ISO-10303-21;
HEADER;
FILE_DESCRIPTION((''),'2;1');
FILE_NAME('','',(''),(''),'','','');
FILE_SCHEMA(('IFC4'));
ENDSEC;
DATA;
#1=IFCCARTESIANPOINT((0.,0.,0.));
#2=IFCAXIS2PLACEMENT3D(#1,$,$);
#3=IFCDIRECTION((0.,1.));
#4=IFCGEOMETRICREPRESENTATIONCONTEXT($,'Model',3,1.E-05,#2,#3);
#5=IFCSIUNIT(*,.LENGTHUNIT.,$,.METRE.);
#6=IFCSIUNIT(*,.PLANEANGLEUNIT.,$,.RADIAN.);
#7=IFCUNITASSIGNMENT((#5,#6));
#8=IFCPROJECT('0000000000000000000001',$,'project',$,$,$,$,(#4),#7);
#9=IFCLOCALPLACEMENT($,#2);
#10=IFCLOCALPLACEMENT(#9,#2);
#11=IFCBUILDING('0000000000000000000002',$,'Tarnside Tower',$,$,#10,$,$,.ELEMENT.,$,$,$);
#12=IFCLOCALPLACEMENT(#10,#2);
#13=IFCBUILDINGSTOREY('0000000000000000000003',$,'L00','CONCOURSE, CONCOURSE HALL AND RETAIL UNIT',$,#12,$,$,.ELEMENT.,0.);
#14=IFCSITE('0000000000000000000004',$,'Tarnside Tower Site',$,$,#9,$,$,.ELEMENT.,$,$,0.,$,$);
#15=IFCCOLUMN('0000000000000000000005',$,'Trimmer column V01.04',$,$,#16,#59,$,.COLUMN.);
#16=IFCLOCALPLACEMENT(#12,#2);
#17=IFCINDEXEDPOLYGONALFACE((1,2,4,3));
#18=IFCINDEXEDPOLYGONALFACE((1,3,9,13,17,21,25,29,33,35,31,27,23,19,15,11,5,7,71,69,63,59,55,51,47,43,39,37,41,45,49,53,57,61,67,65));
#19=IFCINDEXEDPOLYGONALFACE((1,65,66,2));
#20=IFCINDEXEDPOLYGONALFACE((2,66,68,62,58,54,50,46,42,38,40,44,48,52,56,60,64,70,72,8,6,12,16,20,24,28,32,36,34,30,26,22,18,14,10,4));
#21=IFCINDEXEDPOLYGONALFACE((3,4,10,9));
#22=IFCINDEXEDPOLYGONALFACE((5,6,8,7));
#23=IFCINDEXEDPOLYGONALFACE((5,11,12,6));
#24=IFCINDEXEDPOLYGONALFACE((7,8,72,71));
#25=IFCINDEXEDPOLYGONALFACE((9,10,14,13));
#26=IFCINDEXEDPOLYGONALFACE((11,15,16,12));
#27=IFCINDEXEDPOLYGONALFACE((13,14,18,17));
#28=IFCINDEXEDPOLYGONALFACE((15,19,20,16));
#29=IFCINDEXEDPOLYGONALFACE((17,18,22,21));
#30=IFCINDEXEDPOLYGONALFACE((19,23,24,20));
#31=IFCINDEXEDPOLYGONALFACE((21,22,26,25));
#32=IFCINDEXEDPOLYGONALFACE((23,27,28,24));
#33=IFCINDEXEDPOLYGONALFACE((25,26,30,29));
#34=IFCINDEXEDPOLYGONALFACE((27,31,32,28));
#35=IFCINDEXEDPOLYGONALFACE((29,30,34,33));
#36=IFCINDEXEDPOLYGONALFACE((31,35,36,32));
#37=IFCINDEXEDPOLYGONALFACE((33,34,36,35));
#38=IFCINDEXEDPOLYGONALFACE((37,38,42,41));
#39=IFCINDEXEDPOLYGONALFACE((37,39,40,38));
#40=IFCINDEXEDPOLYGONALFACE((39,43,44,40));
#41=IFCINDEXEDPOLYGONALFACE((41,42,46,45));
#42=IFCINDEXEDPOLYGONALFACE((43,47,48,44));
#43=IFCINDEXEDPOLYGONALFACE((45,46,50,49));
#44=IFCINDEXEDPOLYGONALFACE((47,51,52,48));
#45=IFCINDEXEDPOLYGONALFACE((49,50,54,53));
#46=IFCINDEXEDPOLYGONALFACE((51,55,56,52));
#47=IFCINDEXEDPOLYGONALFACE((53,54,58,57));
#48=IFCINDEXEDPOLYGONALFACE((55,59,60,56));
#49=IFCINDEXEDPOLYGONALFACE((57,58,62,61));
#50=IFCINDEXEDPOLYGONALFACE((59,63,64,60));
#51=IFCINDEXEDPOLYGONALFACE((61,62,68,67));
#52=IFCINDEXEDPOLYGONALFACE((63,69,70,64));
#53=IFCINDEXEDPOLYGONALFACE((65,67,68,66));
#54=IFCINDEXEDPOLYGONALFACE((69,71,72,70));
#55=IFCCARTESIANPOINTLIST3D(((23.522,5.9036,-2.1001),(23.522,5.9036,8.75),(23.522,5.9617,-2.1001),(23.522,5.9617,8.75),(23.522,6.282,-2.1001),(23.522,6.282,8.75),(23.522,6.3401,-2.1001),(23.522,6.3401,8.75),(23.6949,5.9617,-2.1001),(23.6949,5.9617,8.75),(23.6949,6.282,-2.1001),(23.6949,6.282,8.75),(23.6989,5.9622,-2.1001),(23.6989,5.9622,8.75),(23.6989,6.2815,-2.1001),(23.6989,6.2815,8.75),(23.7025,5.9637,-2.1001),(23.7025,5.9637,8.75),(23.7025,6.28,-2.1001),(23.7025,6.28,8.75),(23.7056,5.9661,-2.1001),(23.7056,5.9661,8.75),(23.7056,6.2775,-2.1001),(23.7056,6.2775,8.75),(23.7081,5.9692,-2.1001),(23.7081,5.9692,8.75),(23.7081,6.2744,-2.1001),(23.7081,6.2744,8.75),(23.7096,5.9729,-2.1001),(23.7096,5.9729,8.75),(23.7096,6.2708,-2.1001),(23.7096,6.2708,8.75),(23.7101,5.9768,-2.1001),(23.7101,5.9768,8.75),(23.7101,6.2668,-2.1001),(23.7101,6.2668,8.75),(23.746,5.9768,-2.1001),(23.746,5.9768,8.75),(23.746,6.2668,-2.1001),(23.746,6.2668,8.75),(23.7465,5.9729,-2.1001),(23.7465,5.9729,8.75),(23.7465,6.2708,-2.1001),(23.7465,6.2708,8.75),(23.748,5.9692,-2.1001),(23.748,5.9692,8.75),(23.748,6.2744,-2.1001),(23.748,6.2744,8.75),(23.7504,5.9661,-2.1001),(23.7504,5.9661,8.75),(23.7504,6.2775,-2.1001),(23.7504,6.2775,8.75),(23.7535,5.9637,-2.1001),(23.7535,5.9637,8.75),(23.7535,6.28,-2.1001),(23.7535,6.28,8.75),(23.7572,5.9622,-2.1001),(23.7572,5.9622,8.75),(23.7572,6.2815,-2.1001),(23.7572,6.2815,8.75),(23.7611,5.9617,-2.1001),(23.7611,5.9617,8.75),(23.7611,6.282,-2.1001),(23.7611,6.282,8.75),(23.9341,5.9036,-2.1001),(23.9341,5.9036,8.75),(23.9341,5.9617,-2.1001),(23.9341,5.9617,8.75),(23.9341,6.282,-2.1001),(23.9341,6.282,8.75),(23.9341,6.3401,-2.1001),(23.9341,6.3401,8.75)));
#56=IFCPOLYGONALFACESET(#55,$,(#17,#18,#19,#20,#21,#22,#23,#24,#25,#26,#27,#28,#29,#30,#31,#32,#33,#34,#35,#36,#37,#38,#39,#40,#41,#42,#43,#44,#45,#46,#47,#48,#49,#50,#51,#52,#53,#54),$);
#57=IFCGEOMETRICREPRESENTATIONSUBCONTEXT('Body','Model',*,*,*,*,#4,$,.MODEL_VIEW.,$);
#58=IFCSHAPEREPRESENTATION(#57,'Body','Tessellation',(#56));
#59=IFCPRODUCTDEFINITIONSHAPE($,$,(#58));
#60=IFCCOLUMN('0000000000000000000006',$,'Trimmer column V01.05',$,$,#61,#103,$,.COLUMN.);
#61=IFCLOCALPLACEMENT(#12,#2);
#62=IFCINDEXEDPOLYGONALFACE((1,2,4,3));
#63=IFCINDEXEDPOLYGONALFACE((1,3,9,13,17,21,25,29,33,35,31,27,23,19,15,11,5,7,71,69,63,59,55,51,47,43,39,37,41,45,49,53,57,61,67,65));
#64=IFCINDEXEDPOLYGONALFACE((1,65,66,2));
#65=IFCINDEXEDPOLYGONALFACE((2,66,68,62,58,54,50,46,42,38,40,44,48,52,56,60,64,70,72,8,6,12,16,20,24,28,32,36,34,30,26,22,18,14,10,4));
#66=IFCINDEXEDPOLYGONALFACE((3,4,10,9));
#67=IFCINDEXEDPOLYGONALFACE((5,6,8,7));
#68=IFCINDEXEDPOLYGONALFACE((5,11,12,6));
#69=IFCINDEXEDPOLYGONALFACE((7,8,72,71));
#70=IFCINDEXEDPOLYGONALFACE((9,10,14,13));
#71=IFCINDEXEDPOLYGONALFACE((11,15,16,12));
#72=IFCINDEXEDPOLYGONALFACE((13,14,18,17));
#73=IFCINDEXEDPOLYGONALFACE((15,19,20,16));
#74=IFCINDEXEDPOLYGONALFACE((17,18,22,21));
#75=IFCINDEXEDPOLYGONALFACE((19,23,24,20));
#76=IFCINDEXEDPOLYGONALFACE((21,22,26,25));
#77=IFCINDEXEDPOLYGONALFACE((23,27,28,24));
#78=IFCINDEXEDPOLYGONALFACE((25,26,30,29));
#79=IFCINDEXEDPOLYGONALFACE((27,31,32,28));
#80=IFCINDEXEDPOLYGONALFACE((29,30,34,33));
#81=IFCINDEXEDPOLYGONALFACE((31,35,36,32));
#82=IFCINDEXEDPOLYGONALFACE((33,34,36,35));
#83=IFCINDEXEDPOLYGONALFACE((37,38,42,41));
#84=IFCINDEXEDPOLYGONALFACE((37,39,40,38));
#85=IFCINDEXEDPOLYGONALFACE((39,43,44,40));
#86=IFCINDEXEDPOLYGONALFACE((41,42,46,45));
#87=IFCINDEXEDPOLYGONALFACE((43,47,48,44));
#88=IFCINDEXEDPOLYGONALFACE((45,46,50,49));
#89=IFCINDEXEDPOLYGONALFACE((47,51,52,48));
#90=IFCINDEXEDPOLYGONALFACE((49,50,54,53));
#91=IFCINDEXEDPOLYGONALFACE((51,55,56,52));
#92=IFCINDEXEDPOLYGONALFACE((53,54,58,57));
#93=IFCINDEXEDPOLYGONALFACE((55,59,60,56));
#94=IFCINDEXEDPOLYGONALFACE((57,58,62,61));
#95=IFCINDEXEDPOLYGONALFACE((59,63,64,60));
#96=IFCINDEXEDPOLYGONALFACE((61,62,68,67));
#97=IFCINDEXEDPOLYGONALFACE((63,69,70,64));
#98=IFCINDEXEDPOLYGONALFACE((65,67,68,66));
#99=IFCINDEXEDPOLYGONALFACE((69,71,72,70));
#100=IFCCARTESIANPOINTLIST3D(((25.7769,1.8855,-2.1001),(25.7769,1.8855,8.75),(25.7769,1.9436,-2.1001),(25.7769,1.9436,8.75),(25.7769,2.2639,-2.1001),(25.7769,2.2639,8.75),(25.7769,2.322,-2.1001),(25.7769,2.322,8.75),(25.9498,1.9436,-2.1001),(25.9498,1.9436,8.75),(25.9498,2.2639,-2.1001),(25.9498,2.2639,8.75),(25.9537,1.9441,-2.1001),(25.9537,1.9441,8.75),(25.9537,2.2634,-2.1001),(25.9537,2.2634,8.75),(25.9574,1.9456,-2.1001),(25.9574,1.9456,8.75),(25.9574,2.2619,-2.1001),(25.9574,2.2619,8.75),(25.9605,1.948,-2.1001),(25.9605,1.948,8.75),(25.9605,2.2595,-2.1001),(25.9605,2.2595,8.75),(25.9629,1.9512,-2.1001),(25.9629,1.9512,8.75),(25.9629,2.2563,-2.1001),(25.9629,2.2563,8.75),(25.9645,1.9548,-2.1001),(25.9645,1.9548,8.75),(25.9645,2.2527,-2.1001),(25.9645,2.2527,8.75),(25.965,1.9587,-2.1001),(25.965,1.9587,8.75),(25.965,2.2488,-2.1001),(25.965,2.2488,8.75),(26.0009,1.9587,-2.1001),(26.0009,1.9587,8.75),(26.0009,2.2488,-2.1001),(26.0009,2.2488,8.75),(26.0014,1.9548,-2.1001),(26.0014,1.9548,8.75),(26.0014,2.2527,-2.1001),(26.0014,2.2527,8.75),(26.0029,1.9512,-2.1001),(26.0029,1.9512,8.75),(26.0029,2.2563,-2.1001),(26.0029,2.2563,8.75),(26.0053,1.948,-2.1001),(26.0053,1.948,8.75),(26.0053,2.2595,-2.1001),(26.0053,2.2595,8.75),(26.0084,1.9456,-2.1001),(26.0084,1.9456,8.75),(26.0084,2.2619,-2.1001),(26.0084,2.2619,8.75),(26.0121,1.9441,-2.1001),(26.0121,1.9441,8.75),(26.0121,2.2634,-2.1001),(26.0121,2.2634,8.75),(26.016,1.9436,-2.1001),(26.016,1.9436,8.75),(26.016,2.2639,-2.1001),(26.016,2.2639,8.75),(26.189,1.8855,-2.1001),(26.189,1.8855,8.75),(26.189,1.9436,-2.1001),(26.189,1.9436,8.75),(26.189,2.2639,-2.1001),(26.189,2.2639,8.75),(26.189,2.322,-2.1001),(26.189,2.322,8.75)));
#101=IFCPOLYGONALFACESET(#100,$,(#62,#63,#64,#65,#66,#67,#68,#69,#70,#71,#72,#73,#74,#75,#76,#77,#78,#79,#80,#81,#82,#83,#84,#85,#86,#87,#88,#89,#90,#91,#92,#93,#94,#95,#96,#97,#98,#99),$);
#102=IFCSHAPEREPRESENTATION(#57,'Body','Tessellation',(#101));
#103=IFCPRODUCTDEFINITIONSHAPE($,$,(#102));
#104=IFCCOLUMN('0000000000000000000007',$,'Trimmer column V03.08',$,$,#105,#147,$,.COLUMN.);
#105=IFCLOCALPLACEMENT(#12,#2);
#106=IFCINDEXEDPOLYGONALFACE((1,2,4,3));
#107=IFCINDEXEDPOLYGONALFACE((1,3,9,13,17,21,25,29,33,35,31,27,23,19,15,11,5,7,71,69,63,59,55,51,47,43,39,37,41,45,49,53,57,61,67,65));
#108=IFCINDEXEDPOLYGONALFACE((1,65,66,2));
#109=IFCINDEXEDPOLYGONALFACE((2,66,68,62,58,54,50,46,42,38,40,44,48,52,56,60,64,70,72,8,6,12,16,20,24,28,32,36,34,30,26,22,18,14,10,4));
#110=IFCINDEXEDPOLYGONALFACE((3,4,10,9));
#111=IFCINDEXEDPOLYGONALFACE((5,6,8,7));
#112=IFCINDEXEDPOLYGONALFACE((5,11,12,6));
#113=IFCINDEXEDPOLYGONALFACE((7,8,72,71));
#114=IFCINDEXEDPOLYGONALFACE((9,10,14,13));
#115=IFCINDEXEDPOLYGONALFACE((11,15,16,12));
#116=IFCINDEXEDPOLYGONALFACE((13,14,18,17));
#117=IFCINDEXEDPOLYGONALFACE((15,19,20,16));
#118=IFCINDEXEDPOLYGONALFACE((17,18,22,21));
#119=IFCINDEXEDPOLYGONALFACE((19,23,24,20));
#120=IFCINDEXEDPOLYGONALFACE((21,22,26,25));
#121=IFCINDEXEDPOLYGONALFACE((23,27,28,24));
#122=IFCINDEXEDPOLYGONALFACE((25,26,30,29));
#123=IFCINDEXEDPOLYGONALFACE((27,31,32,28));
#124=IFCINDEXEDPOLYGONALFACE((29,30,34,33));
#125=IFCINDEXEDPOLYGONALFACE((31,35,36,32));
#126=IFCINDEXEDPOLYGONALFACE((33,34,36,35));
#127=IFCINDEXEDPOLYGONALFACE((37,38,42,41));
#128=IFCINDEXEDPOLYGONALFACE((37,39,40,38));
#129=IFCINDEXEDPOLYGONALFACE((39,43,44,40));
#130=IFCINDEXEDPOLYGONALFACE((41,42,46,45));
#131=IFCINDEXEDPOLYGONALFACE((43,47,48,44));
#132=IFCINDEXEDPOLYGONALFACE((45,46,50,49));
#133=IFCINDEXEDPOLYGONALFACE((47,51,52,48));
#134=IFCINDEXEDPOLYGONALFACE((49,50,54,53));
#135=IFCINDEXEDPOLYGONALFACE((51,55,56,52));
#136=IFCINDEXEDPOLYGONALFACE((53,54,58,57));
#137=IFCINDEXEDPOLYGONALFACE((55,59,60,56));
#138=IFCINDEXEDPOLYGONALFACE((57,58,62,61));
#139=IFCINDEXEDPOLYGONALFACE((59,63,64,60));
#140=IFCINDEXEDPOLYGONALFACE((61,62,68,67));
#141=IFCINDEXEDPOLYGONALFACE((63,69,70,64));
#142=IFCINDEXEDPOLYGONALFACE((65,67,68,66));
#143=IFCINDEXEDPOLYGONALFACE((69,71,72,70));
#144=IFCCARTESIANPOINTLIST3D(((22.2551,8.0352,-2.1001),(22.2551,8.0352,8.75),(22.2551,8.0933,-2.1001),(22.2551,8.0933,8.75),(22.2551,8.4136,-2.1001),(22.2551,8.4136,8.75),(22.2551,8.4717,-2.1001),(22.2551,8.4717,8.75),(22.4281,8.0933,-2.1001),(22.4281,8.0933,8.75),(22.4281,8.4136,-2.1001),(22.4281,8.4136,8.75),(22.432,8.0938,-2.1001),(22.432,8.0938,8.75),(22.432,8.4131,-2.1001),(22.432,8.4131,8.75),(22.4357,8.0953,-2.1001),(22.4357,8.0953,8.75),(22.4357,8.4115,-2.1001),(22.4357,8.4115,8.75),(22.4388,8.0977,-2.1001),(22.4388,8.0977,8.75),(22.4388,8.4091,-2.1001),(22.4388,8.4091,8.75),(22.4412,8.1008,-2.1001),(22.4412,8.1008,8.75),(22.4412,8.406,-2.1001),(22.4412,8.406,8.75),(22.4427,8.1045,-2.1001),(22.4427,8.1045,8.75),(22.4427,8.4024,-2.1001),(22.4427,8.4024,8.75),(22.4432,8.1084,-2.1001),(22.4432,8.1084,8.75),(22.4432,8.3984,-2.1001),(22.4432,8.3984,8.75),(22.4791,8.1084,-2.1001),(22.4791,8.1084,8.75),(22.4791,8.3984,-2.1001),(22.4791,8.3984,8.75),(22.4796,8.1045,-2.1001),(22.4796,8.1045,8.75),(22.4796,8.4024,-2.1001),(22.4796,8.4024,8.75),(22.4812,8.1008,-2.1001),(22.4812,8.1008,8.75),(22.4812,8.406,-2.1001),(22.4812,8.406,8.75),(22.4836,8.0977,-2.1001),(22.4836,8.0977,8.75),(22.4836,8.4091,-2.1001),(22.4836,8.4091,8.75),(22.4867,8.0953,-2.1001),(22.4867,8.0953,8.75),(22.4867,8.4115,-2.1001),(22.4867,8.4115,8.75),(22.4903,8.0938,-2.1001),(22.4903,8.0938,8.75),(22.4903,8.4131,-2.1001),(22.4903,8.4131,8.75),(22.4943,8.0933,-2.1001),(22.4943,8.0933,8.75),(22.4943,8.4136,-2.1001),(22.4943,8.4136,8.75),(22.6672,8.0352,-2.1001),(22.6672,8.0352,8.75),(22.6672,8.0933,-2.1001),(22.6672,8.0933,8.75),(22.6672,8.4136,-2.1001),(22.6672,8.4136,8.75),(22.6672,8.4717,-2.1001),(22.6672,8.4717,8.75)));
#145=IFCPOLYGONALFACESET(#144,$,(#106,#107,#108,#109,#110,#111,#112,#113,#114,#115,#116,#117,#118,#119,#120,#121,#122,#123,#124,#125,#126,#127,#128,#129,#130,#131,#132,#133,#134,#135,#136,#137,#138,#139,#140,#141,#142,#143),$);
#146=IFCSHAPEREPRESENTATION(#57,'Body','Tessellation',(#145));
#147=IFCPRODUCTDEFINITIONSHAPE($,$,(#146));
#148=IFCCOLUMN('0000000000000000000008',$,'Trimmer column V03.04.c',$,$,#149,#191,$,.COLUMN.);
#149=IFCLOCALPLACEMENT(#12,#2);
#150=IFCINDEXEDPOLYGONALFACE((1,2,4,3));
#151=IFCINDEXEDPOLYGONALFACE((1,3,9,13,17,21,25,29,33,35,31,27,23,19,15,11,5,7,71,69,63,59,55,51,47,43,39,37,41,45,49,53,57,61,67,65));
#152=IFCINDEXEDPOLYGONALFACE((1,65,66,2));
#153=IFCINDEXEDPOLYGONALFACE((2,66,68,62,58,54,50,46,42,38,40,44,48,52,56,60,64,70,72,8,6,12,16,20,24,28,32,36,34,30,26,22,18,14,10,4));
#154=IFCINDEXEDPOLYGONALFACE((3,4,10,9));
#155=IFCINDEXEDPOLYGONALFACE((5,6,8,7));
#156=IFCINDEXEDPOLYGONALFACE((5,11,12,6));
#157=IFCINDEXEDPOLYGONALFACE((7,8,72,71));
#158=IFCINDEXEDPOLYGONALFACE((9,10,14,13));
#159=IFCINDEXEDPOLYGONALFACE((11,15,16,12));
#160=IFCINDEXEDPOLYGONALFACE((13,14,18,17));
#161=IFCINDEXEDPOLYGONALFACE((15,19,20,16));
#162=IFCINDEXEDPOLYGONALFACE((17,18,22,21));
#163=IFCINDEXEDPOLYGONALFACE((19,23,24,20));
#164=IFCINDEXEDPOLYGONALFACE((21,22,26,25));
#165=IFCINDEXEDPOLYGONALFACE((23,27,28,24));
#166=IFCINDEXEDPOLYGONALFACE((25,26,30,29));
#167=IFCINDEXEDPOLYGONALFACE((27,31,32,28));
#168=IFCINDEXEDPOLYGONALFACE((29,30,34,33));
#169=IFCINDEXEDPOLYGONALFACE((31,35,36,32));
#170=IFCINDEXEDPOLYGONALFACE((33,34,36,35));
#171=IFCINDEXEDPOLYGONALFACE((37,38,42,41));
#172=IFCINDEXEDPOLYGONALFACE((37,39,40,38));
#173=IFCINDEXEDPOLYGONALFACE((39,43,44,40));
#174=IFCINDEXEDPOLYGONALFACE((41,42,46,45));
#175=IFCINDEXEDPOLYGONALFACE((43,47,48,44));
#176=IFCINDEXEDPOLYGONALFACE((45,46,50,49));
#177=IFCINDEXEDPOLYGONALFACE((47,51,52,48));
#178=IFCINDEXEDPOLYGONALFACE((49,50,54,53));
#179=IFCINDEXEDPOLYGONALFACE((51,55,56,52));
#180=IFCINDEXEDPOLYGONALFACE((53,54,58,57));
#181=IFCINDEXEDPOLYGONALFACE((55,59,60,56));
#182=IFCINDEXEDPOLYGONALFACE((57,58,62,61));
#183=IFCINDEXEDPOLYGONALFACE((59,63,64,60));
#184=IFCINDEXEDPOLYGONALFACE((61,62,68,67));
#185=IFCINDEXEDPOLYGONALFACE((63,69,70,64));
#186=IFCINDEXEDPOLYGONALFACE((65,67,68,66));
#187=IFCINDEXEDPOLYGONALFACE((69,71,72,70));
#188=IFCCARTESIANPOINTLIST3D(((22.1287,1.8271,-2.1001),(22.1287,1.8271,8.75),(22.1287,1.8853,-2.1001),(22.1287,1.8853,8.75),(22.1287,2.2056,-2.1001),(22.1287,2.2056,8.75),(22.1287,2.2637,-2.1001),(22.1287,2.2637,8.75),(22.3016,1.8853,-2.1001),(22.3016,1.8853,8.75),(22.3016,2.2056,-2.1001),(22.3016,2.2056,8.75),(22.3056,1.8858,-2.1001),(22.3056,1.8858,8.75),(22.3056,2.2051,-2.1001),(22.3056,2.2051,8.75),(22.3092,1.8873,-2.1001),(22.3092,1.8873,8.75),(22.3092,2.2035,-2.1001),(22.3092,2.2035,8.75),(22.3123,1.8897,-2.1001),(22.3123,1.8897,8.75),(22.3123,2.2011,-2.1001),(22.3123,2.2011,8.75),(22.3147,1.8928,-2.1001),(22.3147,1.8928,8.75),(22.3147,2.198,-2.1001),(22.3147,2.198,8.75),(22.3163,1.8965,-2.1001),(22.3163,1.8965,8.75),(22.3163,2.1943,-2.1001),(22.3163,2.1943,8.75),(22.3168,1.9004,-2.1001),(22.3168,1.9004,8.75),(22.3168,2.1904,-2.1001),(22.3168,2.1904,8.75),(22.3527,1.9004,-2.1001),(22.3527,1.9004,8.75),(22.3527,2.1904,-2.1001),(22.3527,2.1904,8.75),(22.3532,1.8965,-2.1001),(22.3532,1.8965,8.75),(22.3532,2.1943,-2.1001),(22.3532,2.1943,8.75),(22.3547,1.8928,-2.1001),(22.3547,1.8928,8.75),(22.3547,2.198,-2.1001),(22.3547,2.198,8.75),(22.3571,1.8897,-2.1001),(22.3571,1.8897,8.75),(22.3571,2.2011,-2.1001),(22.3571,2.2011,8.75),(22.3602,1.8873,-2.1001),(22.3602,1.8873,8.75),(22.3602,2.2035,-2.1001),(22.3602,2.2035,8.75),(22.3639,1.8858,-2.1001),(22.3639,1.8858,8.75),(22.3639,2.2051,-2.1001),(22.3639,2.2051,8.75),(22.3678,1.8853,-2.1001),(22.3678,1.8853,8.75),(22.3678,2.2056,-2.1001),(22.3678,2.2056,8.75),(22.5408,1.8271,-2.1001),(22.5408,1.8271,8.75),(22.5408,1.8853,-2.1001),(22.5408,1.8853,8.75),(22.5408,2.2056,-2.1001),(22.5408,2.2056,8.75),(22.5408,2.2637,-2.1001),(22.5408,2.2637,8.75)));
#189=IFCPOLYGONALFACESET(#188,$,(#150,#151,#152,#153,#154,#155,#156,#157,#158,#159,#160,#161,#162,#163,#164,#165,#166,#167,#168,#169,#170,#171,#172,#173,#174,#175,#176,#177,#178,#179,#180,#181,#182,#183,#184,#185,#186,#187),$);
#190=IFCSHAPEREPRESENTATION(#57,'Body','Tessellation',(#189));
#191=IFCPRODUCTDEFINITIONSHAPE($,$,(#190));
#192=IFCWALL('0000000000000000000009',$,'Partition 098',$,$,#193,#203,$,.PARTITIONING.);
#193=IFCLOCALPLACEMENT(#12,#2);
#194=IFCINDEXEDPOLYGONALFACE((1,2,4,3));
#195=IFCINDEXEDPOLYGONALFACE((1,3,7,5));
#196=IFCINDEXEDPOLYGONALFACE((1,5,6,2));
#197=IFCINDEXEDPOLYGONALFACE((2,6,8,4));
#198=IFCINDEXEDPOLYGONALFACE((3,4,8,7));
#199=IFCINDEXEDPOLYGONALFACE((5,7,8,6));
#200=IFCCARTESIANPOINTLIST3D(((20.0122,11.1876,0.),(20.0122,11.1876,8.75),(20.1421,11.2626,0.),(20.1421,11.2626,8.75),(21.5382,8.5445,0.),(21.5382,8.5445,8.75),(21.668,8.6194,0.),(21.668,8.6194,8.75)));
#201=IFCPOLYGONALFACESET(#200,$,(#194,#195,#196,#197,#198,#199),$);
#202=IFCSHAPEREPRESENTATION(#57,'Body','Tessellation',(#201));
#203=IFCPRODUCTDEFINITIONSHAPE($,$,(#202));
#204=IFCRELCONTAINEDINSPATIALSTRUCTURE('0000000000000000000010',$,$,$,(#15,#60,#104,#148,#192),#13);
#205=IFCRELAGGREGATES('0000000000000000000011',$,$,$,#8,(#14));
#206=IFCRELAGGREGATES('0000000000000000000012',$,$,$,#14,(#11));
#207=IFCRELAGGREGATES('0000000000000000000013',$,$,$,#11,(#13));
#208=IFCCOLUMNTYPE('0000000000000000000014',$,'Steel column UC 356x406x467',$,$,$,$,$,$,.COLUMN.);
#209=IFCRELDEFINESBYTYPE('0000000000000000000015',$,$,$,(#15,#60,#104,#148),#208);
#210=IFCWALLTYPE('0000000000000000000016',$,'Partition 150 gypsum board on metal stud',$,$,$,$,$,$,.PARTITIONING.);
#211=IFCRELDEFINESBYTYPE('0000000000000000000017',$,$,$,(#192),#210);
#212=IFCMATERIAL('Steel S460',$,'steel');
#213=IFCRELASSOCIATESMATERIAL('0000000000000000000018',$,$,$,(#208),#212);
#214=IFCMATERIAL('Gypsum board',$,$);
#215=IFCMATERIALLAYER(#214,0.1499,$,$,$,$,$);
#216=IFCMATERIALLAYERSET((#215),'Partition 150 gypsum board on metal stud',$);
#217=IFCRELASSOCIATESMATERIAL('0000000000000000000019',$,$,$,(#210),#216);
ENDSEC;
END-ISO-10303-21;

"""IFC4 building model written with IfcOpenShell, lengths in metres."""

from ifc_helpers import new_model, si_unit, direction, frame, frame_2d, origin, origin_2d, place, context, subcontext, project, spatial, rectangle, i_section, extrude, material, layer, layer_set, material_profile, profile_set, type_object, element, save


model = new_model("IFC4")

# Units and contexts
model_context = context("Model", 3, precision=1e-05, world=origin(), true_north=direction((0.0, 1.0)))
body_context = subcontext(model_context, "Body", "Model", "MODEL_VIEW")
ifc_project = project(units=[si_unit("LENGTHUNIT", "METRE"), si_unit("PLANEANGLEUNIT", "RADIAN")], contexts=[model_context])

# Site, building, storey
site_placement = place(None, origin())
site = spatial("IfcSite", under=ifc_project, at=site_placement, Name="Tarnside Tower Site", CompositionType="ELEMENT", RefElevation=0.0)
building_placement = place(site_placement, origin())
building = spatial("IfcBuilding", under=site, at=building_placement, Name="Tarnside Tower", CompositionType="ELEMENT")
storey_placement = place(building_placement, origin())
storey = spatial("IfcBuildingStorey", under=building, at=storey_placement, Name="L00", Description="CONCOURSE, CONCOURSE HALL AND RETAIL UNIT", CompositionType="ELEMENT", Elevation=0.0)

# Columns
ifc_material_1 = material(Name="Steel S460", Category="steel")
ifc_material_profile_1 = material_profile(ifc_material_1, i_section(OverallWidth=0.4121, OverallDepth=0.4365, WebThickness=0.0359, FlangeThickness=0.0581, FilletRadius=0.0151, at=origin_2d()), Name="UC 356x406x467")
ifc_profile_set_1 = profile_set([ifc_material_profile_1], Name="Steel S460")
column_type = type_object("IfcColumnType", Name="Steel column UC 356x406x467", PredefinedType="COLUMN", material=ifc_profile_set_1)
for number, where, z_axis, x_axis, name in (
    (1, (23.728, 6.1218, -2.1001), (0.0, 0.0, 1.0), (1.0, 0.0, 0.0), "Trimmer column V01.04"),
    (2, (25.9829, 2.1038, -2.1001), (0.0, 0.0, 1.0), (1.0, 0.0, 0.0), "Trimmer column V01.05"),
    (3, (22.4612, 8.2534, -2.1001), (0.0, 0.0, 1.0), (1.0, 0.0, 0.0), "Trimmer column V03.08"),
    (4, (22.3347, 2.0454, -2.1001), (0.0, 0.0, 1.0), (1.0, 0.0, 0.0), "Trimmer column V03.04.c"),
):
    element("IfcColumn", number, at=place(storey_placement, frame(where, z_axis=z_axis, x_axis=x_axis)), inside=storey, type_object=column_type, Name=name, PredefinedType="COLUMN", context=body_context, shape_type="SweptSolid", body=[
        extrude(i_section(OverallWidth=0.4121, OverallDepth=0.4365, WebThickness=0.0359, FlangeThickness=0.0581, FilletRadius=0.0151, at=origin_2d()), origin(), (0.0, 0.0, 1.0), 10.8501),
    ])

# Wall
ifc_material_2 = material(Name="Gypsum board")
ifc_layer_1 = layer(ifc_material_2, 0.1499)
ifc_layer_set_1 = layer_set([ifc_layer_1], Name="Partition 150 gypsum board on metal stud")
wall_type_1 = type_object("IfcWallType", Name="Partition 150 gypsum board on metal stud", PredefinedType="PARTITIONING", material=ifc_layer_set_1)
wall_1_placement = place(storey_placement, frame((21.603, 8.582, 0.0), z_axis=(0.0, 0.0, 1.0), x_axis=(-0.499976, 0.866039, 0.0)))
element("IfcWall", 5, at=wall_1_placement, inside=storey, type_object=wall_type_1, Name="Partition 098", PredefinedType="PARTITIONING", context=body_context, shape_type="SweptSolid", body=[
    extrude(rectangle(XDim=3.052, YDim=0.1499, at=frame_2d((1.5259, 0.0))), origin(), (0.0, 0.0, 1.0), 8.75),
])

save(model, "model.ifc")
